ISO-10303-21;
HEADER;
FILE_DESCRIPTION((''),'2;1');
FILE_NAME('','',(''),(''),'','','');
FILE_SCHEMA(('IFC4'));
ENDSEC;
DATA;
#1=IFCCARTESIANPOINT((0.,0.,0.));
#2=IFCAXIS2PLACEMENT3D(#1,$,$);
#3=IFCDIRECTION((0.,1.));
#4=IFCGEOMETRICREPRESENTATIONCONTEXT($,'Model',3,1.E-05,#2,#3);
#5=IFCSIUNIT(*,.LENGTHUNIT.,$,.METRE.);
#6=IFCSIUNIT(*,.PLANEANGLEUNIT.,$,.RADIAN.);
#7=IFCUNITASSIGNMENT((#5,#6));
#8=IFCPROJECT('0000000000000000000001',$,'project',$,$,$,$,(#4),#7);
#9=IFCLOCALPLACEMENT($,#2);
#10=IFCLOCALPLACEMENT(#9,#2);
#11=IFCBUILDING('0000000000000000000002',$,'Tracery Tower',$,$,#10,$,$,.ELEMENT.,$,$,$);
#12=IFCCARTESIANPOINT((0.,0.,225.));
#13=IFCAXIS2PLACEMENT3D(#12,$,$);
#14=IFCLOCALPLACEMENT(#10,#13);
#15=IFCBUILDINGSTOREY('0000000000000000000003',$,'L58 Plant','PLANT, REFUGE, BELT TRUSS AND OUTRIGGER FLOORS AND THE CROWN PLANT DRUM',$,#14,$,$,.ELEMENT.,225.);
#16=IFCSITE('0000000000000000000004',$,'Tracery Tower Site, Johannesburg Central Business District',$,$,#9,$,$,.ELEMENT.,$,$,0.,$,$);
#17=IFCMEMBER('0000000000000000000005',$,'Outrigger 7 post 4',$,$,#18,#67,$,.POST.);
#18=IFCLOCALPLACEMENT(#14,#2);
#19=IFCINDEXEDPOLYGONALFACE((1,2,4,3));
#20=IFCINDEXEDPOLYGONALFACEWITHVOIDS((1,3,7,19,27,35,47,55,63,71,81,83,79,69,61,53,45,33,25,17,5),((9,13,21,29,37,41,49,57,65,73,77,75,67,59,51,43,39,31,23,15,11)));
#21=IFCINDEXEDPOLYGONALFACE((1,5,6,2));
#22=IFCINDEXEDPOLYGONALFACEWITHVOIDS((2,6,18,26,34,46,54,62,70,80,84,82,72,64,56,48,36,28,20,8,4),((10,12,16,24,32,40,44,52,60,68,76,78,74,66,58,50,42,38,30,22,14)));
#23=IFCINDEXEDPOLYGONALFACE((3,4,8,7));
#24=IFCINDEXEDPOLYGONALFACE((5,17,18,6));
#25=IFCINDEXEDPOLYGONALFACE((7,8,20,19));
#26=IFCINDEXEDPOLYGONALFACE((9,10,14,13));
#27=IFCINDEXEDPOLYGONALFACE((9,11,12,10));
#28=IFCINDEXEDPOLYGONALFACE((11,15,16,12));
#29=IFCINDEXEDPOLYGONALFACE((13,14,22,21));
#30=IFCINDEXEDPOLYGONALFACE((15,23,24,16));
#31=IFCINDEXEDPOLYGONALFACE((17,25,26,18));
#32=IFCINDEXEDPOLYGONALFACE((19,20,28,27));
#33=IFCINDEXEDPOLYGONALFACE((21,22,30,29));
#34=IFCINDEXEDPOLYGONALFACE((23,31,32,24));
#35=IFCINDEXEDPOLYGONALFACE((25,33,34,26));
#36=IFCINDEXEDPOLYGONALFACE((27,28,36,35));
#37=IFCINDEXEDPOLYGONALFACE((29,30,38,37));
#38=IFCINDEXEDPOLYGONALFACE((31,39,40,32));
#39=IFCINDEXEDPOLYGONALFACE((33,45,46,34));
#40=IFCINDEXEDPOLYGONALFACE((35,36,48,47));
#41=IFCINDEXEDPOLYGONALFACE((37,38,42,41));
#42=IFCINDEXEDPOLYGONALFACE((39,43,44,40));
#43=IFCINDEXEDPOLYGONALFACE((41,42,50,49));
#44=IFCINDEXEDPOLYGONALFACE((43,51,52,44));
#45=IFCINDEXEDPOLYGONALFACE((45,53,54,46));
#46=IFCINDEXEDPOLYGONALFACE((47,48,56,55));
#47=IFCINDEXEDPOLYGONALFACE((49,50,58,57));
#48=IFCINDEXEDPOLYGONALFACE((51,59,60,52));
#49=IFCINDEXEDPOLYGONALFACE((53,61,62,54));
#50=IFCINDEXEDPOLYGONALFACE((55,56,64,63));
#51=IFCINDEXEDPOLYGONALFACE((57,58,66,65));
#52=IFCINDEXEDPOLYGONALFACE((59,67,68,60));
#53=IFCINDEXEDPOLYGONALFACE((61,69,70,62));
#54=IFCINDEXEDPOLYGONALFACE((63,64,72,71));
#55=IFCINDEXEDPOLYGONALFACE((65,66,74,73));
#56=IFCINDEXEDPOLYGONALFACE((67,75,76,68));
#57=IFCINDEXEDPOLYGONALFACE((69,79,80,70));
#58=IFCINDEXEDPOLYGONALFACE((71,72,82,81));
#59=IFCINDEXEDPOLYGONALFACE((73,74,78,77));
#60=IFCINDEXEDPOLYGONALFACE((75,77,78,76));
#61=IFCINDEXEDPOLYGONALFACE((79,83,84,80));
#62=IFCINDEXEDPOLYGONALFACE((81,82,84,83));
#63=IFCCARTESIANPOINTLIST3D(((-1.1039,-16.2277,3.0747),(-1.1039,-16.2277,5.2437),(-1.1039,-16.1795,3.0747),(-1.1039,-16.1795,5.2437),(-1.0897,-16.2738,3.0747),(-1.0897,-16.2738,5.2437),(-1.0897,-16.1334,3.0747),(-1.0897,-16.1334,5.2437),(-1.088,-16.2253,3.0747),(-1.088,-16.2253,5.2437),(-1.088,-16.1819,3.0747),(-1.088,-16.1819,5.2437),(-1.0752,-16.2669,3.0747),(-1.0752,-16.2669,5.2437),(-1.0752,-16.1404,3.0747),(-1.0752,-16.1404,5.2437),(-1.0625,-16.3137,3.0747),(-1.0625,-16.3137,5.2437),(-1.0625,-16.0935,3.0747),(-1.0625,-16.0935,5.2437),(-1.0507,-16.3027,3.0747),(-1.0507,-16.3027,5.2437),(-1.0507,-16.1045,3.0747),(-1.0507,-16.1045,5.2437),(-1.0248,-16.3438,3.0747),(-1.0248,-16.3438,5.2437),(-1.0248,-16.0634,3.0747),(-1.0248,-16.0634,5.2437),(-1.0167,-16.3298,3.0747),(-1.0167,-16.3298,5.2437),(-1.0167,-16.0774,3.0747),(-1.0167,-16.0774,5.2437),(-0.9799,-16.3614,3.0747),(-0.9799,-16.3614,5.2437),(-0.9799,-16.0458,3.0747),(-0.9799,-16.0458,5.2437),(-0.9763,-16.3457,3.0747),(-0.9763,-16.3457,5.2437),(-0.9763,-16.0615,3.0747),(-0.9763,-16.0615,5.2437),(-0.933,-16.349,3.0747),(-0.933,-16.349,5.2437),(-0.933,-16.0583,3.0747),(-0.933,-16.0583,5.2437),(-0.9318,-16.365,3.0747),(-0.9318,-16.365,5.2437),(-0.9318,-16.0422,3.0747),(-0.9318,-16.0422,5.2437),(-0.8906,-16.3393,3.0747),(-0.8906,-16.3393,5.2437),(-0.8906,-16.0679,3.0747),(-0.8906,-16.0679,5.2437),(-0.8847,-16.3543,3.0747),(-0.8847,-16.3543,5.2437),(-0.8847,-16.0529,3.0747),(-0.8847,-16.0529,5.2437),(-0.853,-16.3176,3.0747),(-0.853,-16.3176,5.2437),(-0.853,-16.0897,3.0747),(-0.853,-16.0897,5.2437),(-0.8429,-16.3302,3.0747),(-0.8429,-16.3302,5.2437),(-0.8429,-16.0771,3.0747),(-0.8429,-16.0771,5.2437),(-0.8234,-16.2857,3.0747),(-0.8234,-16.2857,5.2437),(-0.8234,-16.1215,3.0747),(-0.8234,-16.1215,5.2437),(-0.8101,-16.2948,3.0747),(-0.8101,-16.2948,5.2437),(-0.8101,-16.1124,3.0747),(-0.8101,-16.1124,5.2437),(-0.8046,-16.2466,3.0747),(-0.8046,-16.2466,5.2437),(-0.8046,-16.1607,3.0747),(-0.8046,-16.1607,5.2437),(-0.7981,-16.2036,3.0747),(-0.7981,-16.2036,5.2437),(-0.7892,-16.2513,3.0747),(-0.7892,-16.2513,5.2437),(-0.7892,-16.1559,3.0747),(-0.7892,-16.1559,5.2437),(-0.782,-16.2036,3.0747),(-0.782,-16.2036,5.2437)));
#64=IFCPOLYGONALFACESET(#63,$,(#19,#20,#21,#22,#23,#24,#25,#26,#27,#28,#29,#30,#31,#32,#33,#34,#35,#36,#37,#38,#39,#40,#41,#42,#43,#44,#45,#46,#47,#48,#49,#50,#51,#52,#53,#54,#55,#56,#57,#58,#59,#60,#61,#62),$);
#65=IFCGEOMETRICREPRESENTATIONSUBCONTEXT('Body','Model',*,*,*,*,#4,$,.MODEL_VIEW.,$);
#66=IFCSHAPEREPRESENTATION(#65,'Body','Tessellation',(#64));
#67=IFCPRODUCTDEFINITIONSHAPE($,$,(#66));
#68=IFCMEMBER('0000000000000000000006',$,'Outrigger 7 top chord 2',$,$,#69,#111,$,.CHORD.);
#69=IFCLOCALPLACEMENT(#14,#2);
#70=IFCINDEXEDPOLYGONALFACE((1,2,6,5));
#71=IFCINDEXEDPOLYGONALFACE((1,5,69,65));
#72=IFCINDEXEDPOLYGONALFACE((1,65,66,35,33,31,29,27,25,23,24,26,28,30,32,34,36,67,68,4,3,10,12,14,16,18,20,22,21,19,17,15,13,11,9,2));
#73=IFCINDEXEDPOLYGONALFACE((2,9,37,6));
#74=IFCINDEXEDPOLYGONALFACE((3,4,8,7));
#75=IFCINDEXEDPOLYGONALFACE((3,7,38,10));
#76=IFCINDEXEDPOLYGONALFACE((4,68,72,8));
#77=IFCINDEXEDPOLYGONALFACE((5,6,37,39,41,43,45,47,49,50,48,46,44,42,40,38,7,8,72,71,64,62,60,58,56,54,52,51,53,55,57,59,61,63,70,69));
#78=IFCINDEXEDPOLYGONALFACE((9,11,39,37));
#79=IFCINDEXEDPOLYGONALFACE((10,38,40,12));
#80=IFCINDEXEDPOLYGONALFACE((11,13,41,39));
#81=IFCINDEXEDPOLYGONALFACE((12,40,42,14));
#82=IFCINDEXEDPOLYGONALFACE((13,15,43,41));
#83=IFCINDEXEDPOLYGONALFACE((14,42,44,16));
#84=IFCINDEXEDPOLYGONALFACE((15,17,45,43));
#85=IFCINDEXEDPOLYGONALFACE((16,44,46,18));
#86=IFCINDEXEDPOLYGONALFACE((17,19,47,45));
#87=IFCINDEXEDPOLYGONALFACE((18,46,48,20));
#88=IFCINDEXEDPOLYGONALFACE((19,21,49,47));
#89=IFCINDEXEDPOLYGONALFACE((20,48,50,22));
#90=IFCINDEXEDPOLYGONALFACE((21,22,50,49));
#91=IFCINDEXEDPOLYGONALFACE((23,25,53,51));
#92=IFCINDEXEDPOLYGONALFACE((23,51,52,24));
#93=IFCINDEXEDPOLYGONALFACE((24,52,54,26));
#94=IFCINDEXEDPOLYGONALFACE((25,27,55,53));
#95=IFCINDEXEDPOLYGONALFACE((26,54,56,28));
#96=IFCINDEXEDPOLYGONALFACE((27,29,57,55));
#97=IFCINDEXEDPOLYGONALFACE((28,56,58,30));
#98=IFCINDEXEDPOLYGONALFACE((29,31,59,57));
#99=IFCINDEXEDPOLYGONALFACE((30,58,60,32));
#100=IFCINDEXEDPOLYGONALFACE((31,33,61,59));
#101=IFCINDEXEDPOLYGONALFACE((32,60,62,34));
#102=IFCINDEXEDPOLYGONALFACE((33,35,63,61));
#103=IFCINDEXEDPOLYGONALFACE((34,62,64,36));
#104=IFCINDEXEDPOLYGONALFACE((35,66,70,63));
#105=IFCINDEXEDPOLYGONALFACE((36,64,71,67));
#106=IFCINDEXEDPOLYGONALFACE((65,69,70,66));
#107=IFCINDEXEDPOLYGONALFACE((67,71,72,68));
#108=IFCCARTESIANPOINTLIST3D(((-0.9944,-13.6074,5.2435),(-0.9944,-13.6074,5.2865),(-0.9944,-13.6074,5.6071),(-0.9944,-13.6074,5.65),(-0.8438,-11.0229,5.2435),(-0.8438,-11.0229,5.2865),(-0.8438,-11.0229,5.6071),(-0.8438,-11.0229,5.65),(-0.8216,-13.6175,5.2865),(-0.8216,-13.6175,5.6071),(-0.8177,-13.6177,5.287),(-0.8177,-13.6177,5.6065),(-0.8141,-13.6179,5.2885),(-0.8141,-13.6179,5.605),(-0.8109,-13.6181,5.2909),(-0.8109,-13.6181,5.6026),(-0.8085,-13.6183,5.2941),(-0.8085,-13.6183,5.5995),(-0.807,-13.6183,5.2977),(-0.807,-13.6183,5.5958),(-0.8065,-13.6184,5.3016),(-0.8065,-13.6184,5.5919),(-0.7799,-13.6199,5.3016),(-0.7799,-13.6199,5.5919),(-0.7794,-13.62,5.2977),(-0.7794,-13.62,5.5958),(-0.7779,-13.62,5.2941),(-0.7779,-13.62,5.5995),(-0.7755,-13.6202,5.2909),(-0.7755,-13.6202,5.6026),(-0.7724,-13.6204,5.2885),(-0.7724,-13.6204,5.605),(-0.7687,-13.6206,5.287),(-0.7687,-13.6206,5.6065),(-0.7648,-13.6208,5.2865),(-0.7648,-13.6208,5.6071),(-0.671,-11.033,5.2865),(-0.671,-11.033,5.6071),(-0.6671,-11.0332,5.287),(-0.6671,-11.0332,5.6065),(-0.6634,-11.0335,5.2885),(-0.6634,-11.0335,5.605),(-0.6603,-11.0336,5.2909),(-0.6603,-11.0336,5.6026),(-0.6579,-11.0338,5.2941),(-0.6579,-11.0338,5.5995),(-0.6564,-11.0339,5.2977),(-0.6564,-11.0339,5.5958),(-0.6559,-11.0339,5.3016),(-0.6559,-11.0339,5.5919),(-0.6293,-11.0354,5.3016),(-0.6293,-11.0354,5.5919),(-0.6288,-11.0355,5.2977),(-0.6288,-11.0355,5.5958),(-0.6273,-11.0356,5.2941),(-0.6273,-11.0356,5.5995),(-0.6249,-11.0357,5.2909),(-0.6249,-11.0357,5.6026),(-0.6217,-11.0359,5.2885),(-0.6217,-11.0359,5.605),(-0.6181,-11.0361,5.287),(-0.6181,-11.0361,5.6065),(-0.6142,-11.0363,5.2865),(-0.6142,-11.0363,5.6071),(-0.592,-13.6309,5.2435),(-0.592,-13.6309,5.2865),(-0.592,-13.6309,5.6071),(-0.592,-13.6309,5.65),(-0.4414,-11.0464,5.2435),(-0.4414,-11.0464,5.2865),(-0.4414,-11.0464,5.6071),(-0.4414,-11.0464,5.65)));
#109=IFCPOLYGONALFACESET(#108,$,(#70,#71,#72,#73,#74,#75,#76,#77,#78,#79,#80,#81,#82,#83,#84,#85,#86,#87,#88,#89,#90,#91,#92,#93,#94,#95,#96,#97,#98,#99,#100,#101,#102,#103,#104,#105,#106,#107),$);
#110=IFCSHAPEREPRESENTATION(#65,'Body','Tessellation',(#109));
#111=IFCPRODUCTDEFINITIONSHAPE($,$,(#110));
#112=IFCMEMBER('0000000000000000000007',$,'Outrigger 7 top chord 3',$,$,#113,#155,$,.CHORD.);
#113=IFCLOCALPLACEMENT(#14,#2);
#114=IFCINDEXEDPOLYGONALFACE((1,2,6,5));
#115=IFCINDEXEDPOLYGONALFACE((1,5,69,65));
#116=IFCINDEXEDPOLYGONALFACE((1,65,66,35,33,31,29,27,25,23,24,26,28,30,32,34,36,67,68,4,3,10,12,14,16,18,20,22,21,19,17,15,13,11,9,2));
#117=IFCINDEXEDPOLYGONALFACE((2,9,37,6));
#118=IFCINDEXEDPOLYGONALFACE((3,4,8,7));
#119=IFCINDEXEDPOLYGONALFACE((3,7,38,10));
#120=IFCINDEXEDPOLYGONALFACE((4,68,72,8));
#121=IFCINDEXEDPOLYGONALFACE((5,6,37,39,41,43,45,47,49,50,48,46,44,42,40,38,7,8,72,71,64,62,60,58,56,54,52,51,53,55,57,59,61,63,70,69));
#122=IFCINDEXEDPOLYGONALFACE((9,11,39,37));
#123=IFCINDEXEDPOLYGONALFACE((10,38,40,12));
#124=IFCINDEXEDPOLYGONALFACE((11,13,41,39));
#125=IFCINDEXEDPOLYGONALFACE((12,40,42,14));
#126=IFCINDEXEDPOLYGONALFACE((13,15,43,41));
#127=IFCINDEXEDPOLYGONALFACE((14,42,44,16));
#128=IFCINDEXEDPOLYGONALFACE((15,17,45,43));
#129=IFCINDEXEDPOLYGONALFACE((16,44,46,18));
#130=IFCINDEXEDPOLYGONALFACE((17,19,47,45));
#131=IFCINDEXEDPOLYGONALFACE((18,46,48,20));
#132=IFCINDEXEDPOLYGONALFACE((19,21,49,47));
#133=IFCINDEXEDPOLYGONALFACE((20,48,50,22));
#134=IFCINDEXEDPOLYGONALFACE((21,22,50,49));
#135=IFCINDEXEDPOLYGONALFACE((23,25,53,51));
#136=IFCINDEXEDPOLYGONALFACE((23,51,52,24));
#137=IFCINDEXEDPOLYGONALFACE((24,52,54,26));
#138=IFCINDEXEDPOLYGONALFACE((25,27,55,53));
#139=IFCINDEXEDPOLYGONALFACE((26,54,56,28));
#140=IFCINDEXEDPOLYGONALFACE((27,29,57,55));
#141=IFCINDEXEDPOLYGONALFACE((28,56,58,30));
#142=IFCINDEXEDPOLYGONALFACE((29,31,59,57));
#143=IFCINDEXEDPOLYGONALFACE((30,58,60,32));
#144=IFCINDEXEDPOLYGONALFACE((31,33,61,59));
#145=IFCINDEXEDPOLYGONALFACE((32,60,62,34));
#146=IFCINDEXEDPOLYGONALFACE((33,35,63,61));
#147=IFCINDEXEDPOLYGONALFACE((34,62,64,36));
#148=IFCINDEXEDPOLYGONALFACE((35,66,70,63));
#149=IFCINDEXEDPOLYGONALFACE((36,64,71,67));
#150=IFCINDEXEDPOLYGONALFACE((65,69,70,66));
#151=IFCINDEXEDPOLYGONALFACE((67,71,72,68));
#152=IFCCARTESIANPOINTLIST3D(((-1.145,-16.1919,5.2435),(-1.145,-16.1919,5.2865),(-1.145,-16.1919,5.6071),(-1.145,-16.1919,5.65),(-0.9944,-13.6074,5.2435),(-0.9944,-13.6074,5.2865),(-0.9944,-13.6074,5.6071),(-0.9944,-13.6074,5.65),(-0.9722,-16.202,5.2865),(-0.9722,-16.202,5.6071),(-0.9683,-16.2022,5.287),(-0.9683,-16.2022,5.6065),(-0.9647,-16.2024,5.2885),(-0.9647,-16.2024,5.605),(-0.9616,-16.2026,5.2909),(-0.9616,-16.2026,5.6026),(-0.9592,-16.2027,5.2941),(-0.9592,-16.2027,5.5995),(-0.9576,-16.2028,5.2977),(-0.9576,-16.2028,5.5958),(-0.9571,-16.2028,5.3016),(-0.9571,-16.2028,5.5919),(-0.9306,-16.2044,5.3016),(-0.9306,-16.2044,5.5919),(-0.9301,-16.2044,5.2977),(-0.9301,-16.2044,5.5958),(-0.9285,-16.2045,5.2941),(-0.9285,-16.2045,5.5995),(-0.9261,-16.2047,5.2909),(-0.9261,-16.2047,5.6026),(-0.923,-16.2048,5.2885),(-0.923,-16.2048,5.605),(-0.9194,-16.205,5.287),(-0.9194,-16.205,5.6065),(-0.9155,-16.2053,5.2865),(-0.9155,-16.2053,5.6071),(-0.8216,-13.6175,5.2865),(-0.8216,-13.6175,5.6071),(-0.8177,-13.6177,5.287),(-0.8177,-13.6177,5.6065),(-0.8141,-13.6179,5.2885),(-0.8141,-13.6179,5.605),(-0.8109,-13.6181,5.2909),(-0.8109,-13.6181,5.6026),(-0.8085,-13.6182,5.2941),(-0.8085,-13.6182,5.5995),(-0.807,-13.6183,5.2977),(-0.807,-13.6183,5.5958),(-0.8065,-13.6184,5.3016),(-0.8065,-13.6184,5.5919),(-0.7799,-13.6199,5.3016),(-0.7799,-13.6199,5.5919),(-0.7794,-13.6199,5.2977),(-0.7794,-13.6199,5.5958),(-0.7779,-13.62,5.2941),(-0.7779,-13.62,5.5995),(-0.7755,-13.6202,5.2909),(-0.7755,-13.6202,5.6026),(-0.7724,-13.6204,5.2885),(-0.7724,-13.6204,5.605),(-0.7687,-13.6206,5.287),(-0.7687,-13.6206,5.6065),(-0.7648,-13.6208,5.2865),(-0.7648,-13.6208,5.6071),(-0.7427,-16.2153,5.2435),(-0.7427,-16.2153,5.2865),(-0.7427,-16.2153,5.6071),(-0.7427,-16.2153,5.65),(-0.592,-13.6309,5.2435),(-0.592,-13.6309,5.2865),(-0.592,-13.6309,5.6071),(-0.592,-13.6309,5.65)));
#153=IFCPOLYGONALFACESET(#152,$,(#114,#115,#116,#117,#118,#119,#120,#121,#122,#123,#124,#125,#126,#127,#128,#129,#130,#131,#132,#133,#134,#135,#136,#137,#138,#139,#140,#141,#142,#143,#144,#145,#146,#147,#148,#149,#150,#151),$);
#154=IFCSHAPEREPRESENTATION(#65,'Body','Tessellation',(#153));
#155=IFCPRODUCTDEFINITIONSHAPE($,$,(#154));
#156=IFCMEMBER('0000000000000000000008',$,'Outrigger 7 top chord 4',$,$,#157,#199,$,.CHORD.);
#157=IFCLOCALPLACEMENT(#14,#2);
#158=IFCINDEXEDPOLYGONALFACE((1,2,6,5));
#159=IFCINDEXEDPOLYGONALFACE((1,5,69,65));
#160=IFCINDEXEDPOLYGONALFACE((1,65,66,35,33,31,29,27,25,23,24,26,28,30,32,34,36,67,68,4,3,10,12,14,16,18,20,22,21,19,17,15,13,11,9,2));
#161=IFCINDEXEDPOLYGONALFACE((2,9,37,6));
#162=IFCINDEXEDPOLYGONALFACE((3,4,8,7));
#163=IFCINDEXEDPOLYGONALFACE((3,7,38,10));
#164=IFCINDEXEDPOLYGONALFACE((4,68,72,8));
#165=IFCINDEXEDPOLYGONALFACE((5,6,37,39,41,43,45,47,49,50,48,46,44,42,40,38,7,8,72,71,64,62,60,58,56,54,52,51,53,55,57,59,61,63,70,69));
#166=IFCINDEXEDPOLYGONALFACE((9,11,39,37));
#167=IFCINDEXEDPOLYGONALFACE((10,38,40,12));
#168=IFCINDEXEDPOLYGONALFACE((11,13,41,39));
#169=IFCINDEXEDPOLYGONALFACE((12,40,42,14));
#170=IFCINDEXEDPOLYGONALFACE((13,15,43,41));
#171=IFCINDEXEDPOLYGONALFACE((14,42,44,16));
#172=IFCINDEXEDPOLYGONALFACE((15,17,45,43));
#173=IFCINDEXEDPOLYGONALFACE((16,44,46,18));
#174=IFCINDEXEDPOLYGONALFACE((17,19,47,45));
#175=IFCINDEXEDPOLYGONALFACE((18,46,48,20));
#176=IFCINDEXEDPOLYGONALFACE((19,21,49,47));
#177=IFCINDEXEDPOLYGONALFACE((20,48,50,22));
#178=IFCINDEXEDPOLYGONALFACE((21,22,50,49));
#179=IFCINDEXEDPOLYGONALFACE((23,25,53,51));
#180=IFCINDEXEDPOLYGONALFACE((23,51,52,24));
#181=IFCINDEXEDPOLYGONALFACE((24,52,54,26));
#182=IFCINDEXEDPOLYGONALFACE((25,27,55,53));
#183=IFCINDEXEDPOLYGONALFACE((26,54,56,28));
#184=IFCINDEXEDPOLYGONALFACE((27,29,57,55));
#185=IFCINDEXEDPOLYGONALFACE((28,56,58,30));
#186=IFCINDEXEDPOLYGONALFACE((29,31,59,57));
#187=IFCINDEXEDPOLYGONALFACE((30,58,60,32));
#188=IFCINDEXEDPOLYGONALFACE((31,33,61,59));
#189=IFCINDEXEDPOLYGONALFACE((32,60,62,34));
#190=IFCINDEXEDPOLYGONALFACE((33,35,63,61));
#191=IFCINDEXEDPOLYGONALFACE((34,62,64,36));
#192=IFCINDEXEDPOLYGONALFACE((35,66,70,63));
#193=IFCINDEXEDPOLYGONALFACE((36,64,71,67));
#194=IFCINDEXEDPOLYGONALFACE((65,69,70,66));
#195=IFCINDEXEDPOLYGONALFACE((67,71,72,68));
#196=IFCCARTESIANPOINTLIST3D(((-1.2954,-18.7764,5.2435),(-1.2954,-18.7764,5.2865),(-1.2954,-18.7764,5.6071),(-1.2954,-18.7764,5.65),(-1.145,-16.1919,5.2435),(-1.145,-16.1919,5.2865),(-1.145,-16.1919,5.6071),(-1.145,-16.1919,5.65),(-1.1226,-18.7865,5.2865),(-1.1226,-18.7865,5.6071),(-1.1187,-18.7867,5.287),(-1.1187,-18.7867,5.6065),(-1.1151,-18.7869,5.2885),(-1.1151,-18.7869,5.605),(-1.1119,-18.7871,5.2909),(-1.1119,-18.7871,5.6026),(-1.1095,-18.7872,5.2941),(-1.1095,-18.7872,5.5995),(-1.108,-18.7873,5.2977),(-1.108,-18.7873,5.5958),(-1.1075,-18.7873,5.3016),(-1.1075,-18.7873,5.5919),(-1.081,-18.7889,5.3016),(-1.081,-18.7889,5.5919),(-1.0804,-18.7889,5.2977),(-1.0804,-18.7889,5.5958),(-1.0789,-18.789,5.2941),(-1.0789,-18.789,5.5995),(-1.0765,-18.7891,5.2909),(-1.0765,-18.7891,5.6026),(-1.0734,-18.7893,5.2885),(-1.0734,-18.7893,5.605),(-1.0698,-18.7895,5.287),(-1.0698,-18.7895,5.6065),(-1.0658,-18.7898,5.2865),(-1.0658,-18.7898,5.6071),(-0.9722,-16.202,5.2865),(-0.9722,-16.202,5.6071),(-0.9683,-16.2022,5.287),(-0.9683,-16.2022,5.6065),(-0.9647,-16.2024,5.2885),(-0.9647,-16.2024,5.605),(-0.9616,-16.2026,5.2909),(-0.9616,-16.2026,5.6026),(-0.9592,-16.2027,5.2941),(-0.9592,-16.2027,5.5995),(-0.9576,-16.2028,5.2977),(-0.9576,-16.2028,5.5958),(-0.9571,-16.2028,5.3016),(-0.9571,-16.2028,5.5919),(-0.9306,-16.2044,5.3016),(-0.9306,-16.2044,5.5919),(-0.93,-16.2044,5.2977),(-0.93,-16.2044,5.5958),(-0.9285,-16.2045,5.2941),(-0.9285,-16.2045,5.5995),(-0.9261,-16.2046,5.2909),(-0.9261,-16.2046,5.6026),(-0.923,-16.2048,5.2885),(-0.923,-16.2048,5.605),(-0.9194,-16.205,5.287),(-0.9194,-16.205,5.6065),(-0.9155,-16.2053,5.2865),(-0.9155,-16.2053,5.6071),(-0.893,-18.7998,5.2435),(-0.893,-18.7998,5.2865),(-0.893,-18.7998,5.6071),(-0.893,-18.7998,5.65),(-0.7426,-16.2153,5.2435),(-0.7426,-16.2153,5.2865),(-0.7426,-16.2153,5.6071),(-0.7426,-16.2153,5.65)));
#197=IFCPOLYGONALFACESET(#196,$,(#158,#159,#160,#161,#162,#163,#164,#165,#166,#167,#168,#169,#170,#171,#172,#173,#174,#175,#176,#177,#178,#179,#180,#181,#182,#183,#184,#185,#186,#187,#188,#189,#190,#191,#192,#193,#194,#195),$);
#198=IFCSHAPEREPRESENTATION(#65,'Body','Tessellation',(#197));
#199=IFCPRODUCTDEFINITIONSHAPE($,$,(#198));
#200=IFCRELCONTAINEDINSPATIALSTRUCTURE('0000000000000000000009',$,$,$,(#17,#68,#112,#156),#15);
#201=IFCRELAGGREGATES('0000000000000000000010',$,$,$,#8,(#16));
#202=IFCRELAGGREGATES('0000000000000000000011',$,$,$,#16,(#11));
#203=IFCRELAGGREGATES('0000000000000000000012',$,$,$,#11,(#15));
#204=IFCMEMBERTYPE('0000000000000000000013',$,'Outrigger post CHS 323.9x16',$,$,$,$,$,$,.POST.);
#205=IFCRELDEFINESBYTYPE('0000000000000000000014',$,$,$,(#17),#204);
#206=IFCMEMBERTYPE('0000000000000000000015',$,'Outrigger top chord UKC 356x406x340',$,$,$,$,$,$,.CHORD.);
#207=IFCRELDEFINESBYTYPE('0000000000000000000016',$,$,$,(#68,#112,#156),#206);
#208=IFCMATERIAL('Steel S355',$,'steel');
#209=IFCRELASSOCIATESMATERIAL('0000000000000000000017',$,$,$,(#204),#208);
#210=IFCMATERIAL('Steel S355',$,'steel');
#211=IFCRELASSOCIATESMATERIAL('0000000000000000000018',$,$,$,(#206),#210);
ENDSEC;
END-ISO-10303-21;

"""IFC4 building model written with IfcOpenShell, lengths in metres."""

from ifc_helpers import new_model, si_unit, direction, frame, origin, origin_2d, place, context, subcontext, project, spatial, hollow_circle, i_section, extrude, material, material_profile, profile_set, type_object, element, save


model = new_model("IFC4")

# Units and contexts
model_context = context("Model", 3, precision=1e-05, world=origin(), true_north=direction((0.0, 1.0)))
body_context = subcontext(model_context, "Body", "Model", "MODEL_VIEW")
ifc_project = project(units=[si_unit("LENGTHUNIT", "METRE"), si_unit("PLANEANGLEUNIT", "RADIAN")], contexts=[model_context])

# Site, building, storey
site_placement = place(None, origin())
site = spatial("IfcSite", under=ifc_project, at=site_placement, Name="Tracery Tower Site, Johannesburg Central Business District", CompositionType="ELEMENT", RefElevation=0.0)
building_placement = place(site_placement, origin())
building = spatial("IfcBuilding", under=site, at=building_placement, Name="Tracery Tower", CompositionType="ELEMENT")
storey_placement = place(building_placement, frame((0.0, 0.0, 225.0)))
storey = spatial("IfcBuildingStorey", under=building, at=storey_placement, Name="L58 Plant", Description="PLANT, REFUGE, BELT TRUSS AND OUTRIGGER FLOORS AND THE CROWN PLANT DRUM", CompositionType="ELEMENT", Elevation=225.0)

# Members
ifc_material_1 = material(Name="Steel S355", Category="steel")
ifc_material_profile_1 = material_profile(ifc_material_1, hollow_circle(Radius=0.1619, WallThickness=0.0161, at=origin_2d()), Name="CHS 323.9x16")
ifc_profile_set_1 = profile_set([ifc_material_profile_1], Name="Steel S355")
member_type_1 = type_object("IfcMemberType", Name="Outrigger post CHS 323.9x16", PredefinedType="POST", material=ifc_profile_set_1)
for number, where, z_axis, x_axis, name in (
    (1, (-0.9438, -16.2036, 3.0747), (0.0, 0.0, 1.0), (1.0, 0.0, 0.0), "Outrigger 7 post 4"),
):
    element("IfcMember", number, at=place(storey_placement, frame(where, z_axis=z_axis, x_axis=x_axis)), inside=storey, type_object=member_type_1, Name=name, PredefinedType="POST", context=body_context, shape_type="SweptSolid", body=[
        extrude(hollow_circle(Radius=0.1619, WallThickness=0.0161, at=origin_2d()), origin(), (0.0, 0.0, 1.0), 2.1689),
    ])
ifc_material_2 = material(Name="Steel S355", Category="steel")
ifc_material_profile_2 = material_profile(ifc_material_2, i_section(OverallWidth=0.4031, OverallDepth=0.4065, WebThickness=0.0266, FlangeThickness=0.043, FilletRadius=0.0151, at=origin_2d()), Name="UKC 356x406x340")
ifc_profile_set_2 = profile_set([ifc_material_profile_2], Name="Steel S355")
member_type_2 = type_object("IfcMemberType", Name="Outrigger top chord UKC 356x406x340", PredefinedType="CHORD", material=ifc_profile_set_2)
for number, where, z_axis, x_axis, name in (
    (2, (-0.6426, -11.0347, 5.4468), (-0.058186, -0.998306, 0.0), (0.998306, -0.058186, 0.0), "Outrigger 7 top chord 2"),
    (3, (-0.7932, -13.6191, 5.4468), (-0.058186, -0.998306, 0.0), (0.998306, -0.058186, 0.0), "Outrigger 7 top chord 3"),
    (4, (-0.9438, -16.2036, 5.4468), (-0.058092, -0.998311, 0.0), (0.998311, -0.058092, 0.0), "Outrigger 7 top chord 4"),
):
    element("IfcMember", number, at=place(storey_placement, frame(where, z_axis=z_axis, x_axis=x_axis)), inside=storey, type_object=member_type_2, Name=name, PredefinedType="CHORD", context=body_context, shape_type="SweptSolid", body=[
        extrude(i_section(OverallWidth=0.4031, OverallDepth=0.4065, WebThickness=0.0266, FlangeThickness=0.043, FilletRadius=0.0151, at=origin_2d()), origin(), (0.0, 0.0, 1.0), 2.5889),
    ])

save(model, "model.ifc")
